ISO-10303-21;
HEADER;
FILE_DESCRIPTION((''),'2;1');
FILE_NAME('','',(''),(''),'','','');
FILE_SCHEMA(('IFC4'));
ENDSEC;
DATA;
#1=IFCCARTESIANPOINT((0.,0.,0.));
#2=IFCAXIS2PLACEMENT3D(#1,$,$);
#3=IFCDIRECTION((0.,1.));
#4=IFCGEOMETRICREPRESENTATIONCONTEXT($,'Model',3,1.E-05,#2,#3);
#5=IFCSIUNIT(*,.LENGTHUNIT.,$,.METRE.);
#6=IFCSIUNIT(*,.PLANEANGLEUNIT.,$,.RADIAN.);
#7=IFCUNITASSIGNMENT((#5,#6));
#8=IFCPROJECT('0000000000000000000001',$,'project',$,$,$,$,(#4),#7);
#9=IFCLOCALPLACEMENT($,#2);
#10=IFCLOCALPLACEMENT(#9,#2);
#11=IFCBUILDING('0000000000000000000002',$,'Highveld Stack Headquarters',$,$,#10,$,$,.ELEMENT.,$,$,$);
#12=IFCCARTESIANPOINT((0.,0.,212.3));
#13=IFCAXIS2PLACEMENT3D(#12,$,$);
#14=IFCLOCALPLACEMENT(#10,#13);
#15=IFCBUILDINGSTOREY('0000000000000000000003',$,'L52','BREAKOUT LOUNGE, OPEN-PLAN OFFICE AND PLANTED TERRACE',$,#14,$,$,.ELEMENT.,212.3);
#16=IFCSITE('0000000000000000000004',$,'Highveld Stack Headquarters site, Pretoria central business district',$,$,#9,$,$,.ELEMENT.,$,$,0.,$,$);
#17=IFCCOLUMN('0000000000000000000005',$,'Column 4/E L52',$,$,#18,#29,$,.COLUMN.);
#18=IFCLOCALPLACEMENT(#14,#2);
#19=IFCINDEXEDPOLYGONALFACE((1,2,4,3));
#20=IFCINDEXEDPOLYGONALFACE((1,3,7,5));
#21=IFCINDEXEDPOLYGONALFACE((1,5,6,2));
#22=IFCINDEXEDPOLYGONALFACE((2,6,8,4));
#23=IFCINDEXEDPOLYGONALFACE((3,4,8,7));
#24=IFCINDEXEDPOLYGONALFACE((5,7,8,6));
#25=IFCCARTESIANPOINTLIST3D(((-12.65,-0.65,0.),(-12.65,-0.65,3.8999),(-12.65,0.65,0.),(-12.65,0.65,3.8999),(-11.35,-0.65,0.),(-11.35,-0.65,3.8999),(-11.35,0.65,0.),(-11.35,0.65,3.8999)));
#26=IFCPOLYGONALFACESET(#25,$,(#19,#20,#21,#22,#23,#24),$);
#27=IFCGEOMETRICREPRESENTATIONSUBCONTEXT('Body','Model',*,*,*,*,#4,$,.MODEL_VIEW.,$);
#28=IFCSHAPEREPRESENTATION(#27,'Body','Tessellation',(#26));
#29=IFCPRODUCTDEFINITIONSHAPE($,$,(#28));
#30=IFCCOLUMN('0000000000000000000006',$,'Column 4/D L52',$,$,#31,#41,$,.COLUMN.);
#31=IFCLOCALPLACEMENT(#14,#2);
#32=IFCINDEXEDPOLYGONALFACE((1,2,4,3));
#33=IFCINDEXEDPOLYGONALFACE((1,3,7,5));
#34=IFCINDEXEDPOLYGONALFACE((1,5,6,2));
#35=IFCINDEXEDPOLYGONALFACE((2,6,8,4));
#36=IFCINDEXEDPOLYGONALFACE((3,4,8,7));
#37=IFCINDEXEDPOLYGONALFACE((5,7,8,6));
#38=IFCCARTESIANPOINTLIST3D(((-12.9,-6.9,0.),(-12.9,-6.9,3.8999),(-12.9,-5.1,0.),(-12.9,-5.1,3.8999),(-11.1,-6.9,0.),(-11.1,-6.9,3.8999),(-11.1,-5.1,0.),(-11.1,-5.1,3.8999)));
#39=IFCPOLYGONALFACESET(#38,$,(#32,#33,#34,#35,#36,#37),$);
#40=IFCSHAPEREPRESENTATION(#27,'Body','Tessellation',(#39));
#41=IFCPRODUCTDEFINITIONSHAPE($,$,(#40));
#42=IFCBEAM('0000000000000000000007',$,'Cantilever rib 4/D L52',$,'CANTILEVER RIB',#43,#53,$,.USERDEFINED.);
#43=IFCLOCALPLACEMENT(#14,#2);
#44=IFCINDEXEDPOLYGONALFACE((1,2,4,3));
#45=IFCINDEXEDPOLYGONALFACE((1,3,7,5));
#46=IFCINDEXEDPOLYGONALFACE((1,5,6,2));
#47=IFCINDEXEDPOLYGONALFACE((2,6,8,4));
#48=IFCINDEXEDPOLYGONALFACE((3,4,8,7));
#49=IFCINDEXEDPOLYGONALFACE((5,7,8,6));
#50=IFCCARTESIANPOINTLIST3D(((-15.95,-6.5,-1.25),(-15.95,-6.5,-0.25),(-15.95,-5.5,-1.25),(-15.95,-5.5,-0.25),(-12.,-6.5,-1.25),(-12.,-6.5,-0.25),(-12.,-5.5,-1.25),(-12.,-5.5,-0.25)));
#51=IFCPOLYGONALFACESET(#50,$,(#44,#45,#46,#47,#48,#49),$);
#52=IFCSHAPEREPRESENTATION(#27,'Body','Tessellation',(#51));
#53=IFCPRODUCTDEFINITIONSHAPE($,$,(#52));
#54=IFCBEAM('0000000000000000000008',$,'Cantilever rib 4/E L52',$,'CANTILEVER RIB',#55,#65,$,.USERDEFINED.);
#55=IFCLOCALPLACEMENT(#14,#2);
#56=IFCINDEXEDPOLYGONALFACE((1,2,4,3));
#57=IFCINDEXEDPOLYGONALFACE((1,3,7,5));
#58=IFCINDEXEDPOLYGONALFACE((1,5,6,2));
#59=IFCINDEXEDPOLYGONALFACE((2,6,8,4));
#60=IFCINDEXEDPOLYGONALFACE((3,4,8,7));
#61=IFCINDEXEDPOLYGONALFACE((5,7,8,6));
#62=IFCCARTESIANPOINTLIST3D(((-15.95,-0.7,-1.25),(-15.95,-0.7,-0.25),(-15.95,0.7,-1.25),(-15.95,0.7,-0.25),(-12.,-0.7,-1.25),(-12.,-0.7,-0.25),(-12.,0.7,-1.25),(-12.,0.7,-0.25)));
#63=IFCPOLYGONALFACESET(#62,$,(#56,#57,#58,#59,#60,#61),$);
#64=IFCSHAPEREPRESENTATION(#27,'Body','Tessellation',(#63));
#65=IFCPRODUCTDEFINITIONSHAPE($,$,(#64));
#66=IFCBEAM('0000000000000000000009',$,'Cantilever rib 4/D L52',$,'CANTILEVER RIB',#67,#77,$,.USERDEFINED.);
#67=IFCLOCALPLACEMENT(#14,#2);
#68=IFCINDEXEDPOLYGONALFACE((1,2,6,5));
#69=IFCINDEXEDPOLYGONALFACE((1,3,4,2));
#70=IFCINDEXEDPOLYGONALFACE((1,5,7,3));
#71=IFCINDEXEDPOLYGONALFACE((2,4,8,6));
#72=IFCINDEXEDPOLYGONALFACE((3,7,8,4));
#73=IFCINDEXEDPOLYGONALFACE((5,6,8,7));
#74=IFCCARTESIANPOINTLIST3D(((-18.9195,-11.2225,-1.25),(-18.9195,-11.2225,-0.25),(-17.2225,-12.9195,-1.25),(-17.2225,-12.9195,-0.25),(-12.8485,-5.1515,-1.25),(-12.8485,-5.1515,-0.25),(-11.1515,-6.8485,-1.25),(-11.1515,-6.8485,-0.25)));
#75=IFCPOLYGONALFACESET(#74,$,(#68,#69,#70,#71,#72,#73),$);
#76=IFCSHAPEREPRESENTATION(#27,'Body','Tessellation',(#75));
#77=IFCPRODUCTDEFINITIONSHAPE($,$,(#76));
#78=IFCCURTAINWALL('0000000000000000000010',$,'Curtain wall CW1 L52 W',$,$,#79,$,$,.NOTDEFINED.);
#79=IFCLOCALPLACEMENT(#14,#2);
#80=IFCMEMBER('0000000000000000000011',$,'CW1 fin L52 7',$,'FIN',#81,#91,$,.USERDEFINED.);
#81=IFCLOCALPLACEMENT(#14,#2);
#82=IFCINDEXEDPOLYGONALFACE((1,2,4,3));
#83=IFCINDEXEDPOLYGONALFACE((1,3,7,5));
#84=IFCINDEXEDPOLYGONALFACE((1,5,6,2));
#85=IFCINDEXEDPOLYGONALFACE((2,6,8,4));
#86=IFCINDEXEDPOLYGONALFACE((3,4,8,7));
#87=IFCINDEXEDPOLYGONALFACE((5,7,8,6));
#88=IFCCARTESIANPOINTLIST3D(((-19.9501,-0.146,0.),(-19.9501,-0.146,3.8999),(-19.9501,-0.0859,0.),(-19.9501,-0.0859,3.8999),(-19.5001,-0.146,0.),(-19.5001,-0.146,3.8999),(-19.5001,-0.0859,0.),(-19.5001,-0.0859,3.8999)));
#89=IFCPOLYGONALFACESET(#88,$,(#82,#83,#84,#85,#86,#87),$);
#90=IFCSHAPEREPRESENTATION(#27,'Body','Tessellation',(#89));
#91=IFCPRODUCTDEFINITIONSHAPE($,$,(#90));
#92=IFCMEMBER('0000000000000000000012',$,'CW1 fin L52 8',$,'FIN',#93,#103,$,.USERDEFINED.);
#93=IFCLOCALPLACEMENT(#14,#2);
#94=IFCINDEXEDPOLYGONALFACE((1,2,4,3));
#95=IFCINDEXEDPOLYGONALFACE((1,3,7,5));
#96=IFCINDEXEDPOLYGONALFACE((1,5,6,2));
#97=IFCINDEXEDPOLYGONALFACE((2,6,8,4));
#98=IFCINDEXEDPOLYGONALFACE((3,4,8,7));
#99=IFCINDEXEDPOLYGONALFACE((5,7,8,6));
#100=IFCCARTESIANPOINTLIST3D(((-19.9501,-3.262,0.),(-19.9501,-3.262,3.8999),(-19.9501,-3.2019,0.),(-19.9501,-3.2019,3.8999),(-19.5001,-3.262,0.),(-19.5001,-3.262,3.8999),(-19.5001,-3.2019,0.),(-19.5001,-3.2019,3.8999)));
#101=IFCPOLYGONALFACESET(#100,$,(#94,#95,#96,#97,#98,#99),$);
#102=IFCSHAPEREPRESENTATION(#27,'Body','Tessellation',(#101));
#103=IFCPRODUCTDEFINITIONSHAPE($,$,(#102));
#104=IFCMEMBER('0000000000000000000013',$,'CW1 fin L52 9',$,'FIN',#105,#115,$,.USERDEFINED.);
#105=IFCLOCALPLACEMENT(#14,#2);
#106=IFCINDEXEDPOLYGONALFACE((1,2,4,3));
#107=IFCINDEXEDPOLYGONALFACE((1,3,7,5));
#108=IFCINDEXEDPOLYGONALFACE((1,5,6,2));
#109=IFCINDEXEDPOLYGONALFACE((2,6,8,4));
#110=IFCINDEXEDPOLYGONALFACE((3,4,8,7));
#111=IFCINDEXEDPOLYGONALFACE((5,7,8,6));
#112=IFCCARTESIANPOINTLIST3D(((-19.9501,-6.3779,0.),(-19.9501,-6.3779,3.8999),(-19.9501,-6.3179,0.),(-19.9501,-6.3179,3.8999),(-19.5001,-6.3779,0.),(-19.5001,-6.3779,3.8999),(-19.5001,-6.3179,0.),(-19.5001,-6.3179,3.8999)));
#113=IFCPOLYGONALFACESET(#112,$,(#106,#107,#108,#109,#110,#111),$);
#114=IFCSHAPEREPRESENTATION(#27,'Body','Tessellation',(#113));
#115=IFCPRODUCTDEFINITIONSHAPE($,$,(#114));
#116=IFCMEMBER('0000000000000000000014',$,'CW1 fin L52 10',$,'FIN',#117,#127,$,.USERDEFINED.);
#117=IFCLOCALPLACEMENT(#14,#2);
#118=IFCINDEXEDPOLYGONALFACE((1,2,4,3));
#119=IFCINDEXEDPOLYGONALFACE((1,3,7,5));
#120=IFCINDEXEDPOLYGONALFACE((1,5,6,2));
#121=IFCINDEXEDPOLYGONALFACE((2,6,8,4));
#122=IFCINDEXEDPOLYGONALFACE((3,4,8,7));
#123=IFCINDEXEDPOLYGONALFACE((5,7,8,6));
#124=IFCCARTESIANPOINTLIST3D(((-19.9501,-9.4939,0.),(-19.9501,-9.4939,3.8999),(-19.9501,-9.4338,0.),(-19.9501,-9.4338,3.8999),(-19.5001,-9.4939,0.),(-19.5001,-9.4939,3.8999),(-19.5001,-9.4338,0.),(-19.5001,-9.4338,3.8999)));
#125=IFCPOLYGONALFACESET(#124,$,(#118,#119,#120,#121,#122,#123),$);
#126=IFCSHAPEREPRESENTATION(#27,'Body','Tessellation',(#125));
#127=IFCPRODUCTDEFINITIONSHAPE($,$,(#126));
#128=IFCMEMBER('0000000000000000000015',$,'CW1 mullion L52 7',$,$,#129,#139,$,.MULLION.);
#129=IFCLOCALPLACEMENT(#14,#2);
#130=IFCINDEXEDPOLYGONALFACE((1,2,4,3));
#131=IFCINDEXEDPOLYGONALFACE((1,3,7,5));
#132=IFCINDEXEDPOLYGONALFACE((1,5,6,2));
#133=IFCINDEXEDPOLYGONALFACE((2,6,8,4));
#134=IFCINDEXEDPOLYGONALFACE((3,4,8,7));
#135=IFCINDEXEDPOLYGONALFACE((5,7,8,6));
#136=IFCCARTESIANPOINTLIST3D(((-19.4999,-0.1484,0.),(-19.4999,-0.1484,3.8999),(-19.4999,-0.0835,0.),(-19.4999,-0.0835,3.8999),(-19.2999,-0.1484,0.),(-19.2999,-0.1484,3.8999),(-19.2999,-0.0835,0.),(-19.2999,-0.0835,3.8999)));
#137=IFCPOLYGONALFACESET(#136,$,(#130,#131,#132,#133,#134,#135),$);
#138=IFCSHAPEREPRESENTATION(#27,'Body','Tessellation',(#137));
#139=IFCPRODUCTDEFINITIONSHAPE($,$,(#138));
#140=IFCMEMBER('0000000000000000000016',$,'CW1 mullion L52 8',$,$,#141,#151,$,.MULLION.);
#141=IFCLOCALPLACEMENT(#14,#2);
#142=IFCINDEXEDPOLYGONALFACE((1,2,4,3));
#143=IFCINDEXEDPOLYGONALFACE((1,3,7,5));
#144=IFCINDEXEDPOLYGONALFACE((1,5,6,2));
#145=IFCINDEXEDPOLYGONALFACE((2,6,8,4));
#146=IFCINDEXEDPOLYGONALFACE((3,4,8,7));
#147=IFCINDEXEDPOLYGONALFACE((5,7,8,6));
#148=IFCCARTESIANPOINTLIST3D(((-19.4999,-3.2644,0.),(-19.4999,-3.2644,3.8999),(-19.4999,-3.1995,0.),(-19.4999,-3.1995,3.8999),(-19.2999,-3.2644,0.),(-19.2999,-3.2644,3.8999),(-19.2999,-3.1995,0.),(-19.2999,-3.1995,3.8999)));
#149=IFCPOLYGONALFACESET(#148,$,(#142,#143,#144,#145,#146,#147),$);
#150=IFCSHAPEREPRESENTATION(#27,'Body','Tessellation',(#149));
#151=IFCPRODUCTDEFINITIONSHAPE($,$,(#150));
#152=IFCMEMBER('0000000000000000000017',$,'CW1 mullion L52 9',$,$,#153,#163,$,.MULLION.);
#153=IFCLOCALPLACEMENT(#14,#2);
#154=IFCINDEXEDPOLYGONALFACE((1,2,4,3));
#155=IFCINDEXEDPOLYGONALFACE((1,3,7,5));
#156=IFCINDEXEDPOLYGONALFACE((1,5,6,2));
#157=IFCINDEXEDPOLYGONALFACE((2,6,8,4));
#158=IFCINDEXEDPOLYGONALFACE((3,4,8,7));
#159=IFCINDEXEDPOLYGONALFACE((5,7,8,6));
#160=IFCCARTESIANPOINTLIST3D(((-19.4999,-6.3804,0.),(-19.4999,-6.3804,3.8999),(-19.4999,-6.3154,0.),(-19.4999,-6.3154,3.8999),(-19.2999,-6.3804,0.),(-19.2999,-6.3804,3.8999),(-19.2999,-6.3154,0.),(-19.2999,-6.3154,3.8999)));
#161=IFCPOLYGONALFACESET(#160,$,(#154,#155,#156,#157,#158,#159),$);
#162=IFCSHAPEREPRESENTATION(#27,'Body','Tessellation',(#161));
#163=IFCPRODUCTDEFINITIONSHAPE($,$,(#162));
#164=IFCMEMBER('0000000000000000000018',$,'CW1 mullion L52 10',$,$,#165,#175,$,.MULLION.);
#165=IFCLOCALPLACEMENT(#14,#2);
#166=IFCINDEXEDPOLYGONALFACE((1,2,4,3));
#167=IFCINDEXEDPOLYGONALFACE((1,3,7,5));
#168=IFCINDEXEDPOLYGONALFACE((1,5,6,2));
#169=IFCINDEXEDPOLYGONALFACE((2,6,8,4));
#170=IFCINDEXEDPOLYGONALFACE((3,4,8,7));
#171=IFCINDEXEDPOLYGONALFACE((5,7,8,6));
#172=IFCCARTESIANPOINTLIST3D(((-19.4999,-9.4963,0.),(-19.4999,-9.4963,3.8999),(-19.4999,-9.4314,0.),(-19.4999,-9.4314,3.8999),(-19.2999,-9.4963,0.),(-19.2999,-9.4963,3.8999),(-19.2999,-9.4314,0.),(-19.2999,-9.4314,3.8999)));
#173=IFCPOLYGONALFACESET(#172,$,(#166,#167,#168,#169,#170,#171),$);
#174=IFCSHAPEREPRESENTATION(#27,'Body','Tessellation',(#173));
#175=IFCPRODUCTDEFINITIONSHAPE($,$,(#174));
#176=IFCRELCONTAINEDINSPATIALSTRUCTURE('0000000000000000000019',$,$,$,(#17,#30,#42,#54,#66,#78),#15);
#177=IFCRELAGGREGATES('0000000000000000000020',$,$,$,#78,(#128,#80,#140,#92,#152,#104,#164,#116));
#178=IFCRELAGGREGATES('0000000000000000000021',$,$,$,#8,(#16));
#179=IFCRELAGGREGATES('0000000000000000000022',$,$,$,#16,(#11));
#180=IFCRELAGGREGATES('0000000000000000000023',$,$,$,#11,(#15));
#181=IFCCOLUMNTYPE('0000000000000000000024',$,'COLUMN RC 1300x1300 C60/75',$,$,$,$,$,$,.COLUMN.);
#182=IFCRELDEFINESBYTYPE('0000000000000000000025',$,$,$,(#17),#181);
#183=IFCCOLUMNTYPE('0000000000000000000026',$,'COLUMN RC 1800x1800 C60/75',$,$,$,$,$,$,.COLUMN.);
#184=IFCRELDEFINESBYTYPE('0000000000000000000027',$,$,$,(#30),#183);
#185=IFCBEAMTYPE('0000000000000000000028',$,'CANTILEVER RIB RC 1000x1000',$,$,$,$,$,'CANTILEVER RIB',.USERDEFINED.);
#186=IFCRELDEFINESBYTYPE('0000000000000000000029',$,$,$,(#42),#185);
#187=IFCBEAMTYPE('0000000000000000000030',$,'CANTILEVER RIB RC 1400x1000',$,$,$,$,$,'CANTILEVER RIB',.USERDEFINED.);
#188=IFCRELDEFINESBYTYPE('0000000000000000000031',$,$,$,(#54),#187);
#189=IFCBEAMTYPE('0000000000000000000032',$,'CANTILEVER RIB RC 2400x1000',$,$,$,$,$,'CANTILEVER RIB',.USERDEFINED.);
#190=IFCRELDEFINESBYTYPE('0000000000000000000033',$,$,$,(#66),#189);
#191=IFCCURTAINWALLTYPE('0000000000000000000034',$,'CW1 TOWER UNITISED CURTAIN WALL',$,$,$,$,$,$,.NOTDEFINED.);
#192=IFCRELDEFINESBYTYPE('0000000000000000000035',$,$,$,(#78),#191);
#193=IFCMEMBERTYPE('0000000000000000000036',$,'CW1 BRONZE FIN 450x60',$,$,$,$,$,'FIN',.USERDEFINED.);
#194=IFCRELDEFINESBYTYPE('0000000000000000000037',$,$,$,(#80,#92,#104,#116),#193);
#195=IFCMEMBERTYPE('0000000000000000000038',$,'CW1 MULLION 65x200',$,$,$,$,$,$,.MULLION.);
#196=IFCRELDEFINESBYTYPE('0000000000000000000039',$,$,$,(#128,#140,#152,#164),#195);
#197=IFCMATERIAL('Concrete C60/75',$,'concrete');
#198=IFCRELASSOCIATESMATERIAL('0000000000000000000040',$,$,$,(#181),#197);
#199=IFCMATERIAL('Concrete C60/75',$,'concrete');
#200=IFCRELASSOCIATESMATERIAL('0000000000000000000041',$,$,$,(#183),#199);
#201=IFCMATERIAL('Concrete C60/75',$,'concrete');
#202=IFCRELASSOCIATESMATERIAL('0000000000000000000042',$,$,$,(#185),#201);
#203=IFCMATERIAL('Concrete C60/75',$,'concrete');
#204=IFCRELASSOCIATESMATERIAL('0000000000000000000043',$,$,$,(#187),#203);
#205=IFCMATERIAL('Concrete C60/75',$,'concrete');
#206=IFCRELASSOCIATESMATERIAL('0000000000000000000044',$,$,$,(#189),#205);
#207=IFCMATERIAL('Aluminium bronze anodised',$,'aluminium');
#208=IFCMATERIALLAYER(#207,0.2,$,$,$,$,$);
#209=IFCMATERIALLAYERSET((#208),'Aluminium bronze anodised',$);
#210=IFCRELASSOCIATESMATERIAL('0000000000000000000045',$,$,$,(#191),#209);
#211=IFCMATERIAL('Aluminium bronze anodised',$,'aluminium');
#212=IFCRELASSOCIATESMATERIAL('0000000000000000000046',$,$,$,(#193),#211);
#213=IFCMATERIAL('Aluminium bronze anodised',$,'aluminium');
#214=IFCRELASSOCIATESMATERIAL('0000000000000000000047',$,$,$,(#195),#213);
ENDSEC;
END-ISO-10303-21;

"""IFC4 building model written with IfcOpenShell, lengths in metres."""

from ifc_helpers import new_model, si_unit, direction, frame, origin, origin_2d, place, context, subcontext, project, spatial, rectangle, extrude, material, layer, layer_set, material_profile, profile_set, type_object, element, aggregate, save


model = new_model("IFC4")

# Units and contexts
model_context = context("Model", 3, precision=1e-05, world=origin(), true_north=direction((0.0, 1.0)))
body_context = subcontext(model_context, "Body", "Model", "MODEL_VIEW")
ifc_project = project(units=[si_unit("LENGTHUNIT", "METRE"), si_unit("PLANEANGLEUNIT", "RADIAN")], contexts=[model_context])

# Site, building, storey
site_placement = place(None, origin())
site = spatial("IfcSite", under=ifc_project, at=site_placement, Name="Highveld Stack Headquarters site, Pretoria central business district", CompositionType="ELEMENT", RefElevation=0.0)
building_placement = place(site_placement, origin())
building = spatial("IfcBuilding", under=site, at=building_placement, Name="Highveld Stack Headquarters", CompositionType="ELEMENT")
storey_placement = place(building_placement, frame((0.0, 0.0, 212.3)))
storey = spatial("IfcBuildingStorey", under=building, at=storey_placement, Name="L52", Description="BREAKOUT LOUNGE, OPEN-PLAN OFFICE AND PLANTED TERRACE", CompositionType="ELEMENT", Elevation=212.3)

# Columns
ifc_material_1 = material(Name="Concrete C60/75", Category="concrete")
ifc_material_profile_1 = material_profile(ifc_material_1, rectangle(XDim=1.3, YDim=1.3, at=origin_2d()), Name="RC 1300x1300")
ifc_profile_set_1 = profile_set([ifc_material_profile_1], Name="Concrete C60/75")
column_type_1 = type_object("IfcColumnType", Name="COLUMN RC 1300x1300 C60/75", PredefinedType="COLUMN", material=ifc_profile_set_1)
column_1_placement = place(storey_placement, frame((-12.0, 0.0, 0.0), z_axis=(0.0, 0.0, 1.0), x_axis=(1.0, 0.0, 0.0)))
element("IfcColumn", 1, at=column_1_placement, inside=storey, type_object=column_type_1, Name="Column 4/E L52", PredefinedType="COLUMN", context=body_context, shape_type="SweptSolid", body=[
    extrude(rectangle(XDim=1.3, YDim=1.3, at=origin_2d()), origin(), (0.0, 0.0, 1.0), 3.8999),
])
ifc_material_2 = material(Name="Concrete C60/75", Category="concrete")
ifc_material_profile_2 = material_profile(ifc_material_2, rectangle(XDim=1.8, YDim=1.8, at=origin_2d()), Name="RC 1800x1800")
ifc_profile_set_2 = profile_set([ifc_material_profile_2], Name="Concrete C60/75")
column_type_2 = type_object("IfcColumnType", Name="COLUMN RC 1800x1800 C60/75", PredefinedType="COLUMN", material=ifc_profile_set_2)
column_2_placement = place(storey_placement, frame((-12.0, -6.0, 0.0), z_axis=(0.0, 0.0, 1.0), x_axis=(1.0, 0.0, 0.0)))
element("IfcColumn", 2, at=column_2_placement, inside=storey, type_object=column_type_2, Name="Column 4/D L52", PredefinedType="COLUMN", context=body_context, shape_type="SweptSolid", body=[
    extrude(rectangle(XDim=1.8, YDim=1.8, at=origin_2d()), origin(), (0.0, 0.0, 1.0), 3.8999),
])

# Beams
ifc_material_3 = material(Name="Concrete C60/75", Category="concrete")
ifc_material_profile_3 = material_profile(ifc_material_3, rectangle(XDim=1.0, YDim=1.0, at=origin_2d()), Name="RC 1000x1000")
ifc_profile_set_3 = profile_set([ifc_material_profile_3], Name="Concrete C60/75")
beam_type_1 = type_object("IfcBeamType", Name="CANTILEVER RIB RC 1000x1000", ElementType="CANTILEVER RIB", PredefinedType="USERDEFINED", material=ifc_profile_set_3)
beam_1_placement = place(storey_placement, frame((-12.0, -6.0, -0.75), z_axis=(-1.0, 0.0, 0.0), x_axis=(0.0, -1.0, 0.0)))
element("IfcBeam", 3, at=beam_1_placement, inside=storey, type_object=beam_type_1, Name="Cantilever rib 4/D L52", ObjectType="CANTILEVER RIB", PredefinedType="USERDEFINED", context=body_context, shape_type="SweptSolid", body=[
    extrude(rectangle(XDim=1.0, YDim=1.0, at=origin_2d()), origin(), (0.0, 0.0, 1.0), 3.95),
])
ifc_material_4 = material(Name="Concrete C60/75", Category="concrete")
ifc_material_profile_4 = material_profile(ifc_material_4, rectangle(XDim=1.3999, YDim=1.0, at=origin_2d()), Name="RC 1400x1000")
ifc_profile_set_4 = profile_set([ifc_material_profile_4], Name="Concrete C60/75")
beam_type_2 = type_object("IfcBeamType", Name="CANTILEVER RIB RC 1400x1000", ElementType="CANTILEVER RIB", PredefinedType="USERDEFINED", material=ifc_profile_set_4)
beam_2_placement = place(storey_placement, frame((-12.0, 0.0, -0.75), z_axis=(-1.0, 0.0, 0.0), x_axis=(0.0, -1.0, 0.0)))
element("IfcBeam", 4, at=beam_2_placement, inside=storey, type_object=beam_type_2, Name="Cantilever rib 4/E L52", ObjectType="CANTILEVER RIB", PredefinedType="USERDEFINED", context=body_context, shape_type="SweptSolid", body=[
    extrude(rectangle(XDim=1.3999, YDim=1.0, at=origin_2d()), origin(), (0.0, 0.0, 1.0), 3.95),
])
ifc_material_5 = material(Name="Concrete C60/75", Category="concrete")
ifc_material_profile_5 = material_profile(ifc_material_5, rectangle(XDim=2.3999, YDim=1.0, at=origin_2d()), Name="RC 2400x1000")
ifc_profile_set_5 = profile_set([ifc_material_profile_5], Name="Concrete C60/75")
beam_type_3 = type_object("IfcBeamType", Name="CANTILEVER RIB RC 2400x1000", ElementType="CANTILEVER RIB", PredefinedType="USERDEFINED", material=ifc_profile_set_5)
beam_3_placement = place(storey_placement, frame((-12.0, -6.0, -0.75), z_axis=(-0.707107, -0.707107, 0.0), x_axis=(0.707107, -0.707107, 0.0)))
element("IfcBeam", 5, at=beam_3_placement, inside=storey, type_object=beam_type_3, Name="Cantilever rib 4/D L52", ObjectType="CANTILEVER RIB", PredefinedType="USERDEFINED", context=body_context, shape_type="SweptSolid", body=[
    extrude(rectangle(XDim=2.3999, YDim=1.0, at=origin_2d()), origin(), (0.0, 0.0, 1.0), 8.5857),
])

# Curtain wall, members
ifc_material_6 = material(Name="Aluminium bronze anodised", Category="aluminium")
ifc_layer_1 = layer(ifc_material_6, 0.2)
ifc_layer_set_1 = layer_set([ifc_layer_1], Name="Aluminium bronze anodised")
curtain_wall_type = type_object("IfcCurtainWallType", Name="CW1 TOWER UNITISED CURTAIN WALL", PredefinedType="NOTDEFINED", material=ifc_layer_set_1)
curtain_wall_placement = place(storey_placement, origin())
curtain_wall = element("IfcCurtainWall", 6, at=curtain_wall_placement, inside=storey, type_object=curtain_wall_type, Name="Curtain wall CW1 L52 W", PredefinedType="NOTDEFINED")
ifc_material_7 = material(Name="Aluminium bronze anodised", Category="aluminium")
ifc_material_profile_6 = material_profile(ifc_material_7, rectangle(XDim=0.45, YDim=0.0601, at=origin_2d()), Name="FIN 450x60")
ifc_profile_set_6 = profile_set([ifc_material_profile_6], Name="Aluminium bronze anodised")
member_type_1 = type_object("IfcMemberType", Name="CW1 BRONZE FIN 450x60", ElementType="FIN", PredefinedType="USERDEFINED", material=ifc_profile_set_6)
member_1_placement = place(storey_placement, frame((-19.7251, -0.116, 0.0), z_axis=(0.0, 0.0, 1.0), x_axis=(1.0, 0.0, 0.0)))
member_1 = element("IfcMember", 7, at=member_1_placement, type_object=member_type_1, Name="CW1 fin L52 7", ObjectType="FIN", PredefinedType="USERDEFINED", context=body_context, shape_type="SweptSolid", body=[
    extrude(rectangle(XDim=0.45, YDim=0.0601, at=origin_2d()), origin(), (0.0, 0.0, 1.0), 3.8999),
])
member_2_placement = place(storey_placement, frame((-19.7251, -3.2319, 0.0), z_axis=(0.0, 0.0, 1.0), x_axis=(1.0, 0.0, 0.0)))
member_2 = element("IfcMember", 8, at=member_2_placement, type_object=member_type_1, Name="CW1 fin L52 8", ObjectType="FIN", PredefinedType="USERDEFINED", context=body_context, shape_type="SweptSolid", body=[
    extrude(rectangle(XDim=0.45, YDim=0.0601, at=origin_2d()), origin(), (0.0, 0.0, 1.0), 3.8999),
])
member_3_placement = place(storey_placement, frame((-19.7251, -6.3479, 0.0), z_axis=(0.0, 0.0, 1.0), x_axis=(1.0, 0.0, 0.0)))
member_3 = element("IfcMember", 9, at=member_3_placement, type_object=member_type_1, Name="CW1 fin L52 9", ObjectType="FIN", PredefinedType="USERDEFINED", context=body_context, shape_type="SweptSolid", body=[
    extrude(rectangle(XDim=0.45, YDim=0.0601, at=origin_2d()), origin(), (0.0, 0.0, 1.0), 3.8999),
])
member_4_placement = place(storey_placement, frame((-19.7251, -9.4639, 0.0), z_axis=(0.0, 0.0, 1.0), x_axis=(1.0, 0.0, 0.0)))
member_4 = element("IfcMember", 10, at=member_4_placement, type_object=member_type_1, Name="CW1 fin L52 10", ObjectType="FIN", PredefinedType="USERDEFINED", context=body_context, shape_type="SweptSolid", body=[
    extrude(rectangle(XDim=0.45, YDim=0.0601, at=origin_2d()), origin(), (0.0, 0.0, 1.0), 3.8999),
])
ifc_material_8 = material(Name="Aluminium bronze anodised", Category="aluminium")
ifc_material_profile_7 = material_profile(ifc_material_8, rectangle(XDim=0.2, YDim=0.0649, at=origin_2d()), Name="CW1 MULLION 65x200")
ifc_profile_set_7 = profile_set([ifc_material_profile_7], Name="Aluminium bronze anodised")
member_type_2 = type_object("IfcMemberType", Name="CW1 MULLION 65x200", PredefinedType="MULLION", material=ifc_profile_set_7)
member_5_placement = place(storey_placement, frame((-19.3999, -0.116, 0.0), z_axis=(0.0, 0.0, 1.0), x_axis=(1.0, 0.0, 0.0)))
member_5 = element("IfcMember", 11, at=member_5_placement, type_object=member_type_2, Name="CW1 mullion L52 7", PredefinedType="MULLION", context=body_context, shape_type="SweptSolid", body=[
    extrude(rectangle(XDim=0.2, YDim=0.0649, at=origin_2d()), origin(), (0.0, 0.0, 1.0), 3.8999),
])
member_6_placement = place(storey_placement, frame((-19.3999, -3.2319, 0.0), z_axis=(0.0, 0.0, 1.0), x_axis=(1.0, 0.0, 0.0)))
member_6 = element("IfcMember", 12, at=member_6_placement, type_object=member_type_2, Name="CW1 mullion L52 8", PredefinedType="MULLION", context=body_context, shape_type="SweptSolid", body=[
    extrude(rectangle(XDim=0.2, YDim=0.0649, at=origin_2d()), origin(), (0.0, 0.0, 1.0), 3.8999),
])
member_7_placement = place(storey_placement, frame((-19.3999, -6.3479, 0.0), z_axis=(0.0, 0.0, 1.0), x_axis=(1.0, 0.0, 0.0)))
member_7 = element("IfcMember", 13, at=member_7_placement, type_object=member_type_2, Name="CW1 mullion L52 9", PredefinedType="MULLION", context=body_context, shape_type="SweptSolid", body=[
    extrude(rectangle(XDim=0.2, YDim=0.0649, at=origin_2d()), origin(), (0.0, 0.0, 1.0), 3.8999),
])
member_8_placement = place(storey_placement, frame((-19.3999, -9.4639, 0.0), z_axis=(0.0, 0.0, 1.0), x_axis=(1.0, 0.0, 0.0)))
member_8 = element("IfcMember", 14, at=member_8_placement, type_object=member_type_2, Name="CW1 mullion L52 10", PredefinedType="MULLION", context=body_context, shape_type="SweptSolid", body=[
    extrude(rectangle(XDim=0.2, YDim=0.0649, at=origin_2d()), origin(), (0.0, 0.0, 1.0), 3.8999),
])

aggregate(curtain_wall, [member_5, member_1, member_6, member_2, member_7, member_3, member_8, member_4])

save(model, "model.ifc")
